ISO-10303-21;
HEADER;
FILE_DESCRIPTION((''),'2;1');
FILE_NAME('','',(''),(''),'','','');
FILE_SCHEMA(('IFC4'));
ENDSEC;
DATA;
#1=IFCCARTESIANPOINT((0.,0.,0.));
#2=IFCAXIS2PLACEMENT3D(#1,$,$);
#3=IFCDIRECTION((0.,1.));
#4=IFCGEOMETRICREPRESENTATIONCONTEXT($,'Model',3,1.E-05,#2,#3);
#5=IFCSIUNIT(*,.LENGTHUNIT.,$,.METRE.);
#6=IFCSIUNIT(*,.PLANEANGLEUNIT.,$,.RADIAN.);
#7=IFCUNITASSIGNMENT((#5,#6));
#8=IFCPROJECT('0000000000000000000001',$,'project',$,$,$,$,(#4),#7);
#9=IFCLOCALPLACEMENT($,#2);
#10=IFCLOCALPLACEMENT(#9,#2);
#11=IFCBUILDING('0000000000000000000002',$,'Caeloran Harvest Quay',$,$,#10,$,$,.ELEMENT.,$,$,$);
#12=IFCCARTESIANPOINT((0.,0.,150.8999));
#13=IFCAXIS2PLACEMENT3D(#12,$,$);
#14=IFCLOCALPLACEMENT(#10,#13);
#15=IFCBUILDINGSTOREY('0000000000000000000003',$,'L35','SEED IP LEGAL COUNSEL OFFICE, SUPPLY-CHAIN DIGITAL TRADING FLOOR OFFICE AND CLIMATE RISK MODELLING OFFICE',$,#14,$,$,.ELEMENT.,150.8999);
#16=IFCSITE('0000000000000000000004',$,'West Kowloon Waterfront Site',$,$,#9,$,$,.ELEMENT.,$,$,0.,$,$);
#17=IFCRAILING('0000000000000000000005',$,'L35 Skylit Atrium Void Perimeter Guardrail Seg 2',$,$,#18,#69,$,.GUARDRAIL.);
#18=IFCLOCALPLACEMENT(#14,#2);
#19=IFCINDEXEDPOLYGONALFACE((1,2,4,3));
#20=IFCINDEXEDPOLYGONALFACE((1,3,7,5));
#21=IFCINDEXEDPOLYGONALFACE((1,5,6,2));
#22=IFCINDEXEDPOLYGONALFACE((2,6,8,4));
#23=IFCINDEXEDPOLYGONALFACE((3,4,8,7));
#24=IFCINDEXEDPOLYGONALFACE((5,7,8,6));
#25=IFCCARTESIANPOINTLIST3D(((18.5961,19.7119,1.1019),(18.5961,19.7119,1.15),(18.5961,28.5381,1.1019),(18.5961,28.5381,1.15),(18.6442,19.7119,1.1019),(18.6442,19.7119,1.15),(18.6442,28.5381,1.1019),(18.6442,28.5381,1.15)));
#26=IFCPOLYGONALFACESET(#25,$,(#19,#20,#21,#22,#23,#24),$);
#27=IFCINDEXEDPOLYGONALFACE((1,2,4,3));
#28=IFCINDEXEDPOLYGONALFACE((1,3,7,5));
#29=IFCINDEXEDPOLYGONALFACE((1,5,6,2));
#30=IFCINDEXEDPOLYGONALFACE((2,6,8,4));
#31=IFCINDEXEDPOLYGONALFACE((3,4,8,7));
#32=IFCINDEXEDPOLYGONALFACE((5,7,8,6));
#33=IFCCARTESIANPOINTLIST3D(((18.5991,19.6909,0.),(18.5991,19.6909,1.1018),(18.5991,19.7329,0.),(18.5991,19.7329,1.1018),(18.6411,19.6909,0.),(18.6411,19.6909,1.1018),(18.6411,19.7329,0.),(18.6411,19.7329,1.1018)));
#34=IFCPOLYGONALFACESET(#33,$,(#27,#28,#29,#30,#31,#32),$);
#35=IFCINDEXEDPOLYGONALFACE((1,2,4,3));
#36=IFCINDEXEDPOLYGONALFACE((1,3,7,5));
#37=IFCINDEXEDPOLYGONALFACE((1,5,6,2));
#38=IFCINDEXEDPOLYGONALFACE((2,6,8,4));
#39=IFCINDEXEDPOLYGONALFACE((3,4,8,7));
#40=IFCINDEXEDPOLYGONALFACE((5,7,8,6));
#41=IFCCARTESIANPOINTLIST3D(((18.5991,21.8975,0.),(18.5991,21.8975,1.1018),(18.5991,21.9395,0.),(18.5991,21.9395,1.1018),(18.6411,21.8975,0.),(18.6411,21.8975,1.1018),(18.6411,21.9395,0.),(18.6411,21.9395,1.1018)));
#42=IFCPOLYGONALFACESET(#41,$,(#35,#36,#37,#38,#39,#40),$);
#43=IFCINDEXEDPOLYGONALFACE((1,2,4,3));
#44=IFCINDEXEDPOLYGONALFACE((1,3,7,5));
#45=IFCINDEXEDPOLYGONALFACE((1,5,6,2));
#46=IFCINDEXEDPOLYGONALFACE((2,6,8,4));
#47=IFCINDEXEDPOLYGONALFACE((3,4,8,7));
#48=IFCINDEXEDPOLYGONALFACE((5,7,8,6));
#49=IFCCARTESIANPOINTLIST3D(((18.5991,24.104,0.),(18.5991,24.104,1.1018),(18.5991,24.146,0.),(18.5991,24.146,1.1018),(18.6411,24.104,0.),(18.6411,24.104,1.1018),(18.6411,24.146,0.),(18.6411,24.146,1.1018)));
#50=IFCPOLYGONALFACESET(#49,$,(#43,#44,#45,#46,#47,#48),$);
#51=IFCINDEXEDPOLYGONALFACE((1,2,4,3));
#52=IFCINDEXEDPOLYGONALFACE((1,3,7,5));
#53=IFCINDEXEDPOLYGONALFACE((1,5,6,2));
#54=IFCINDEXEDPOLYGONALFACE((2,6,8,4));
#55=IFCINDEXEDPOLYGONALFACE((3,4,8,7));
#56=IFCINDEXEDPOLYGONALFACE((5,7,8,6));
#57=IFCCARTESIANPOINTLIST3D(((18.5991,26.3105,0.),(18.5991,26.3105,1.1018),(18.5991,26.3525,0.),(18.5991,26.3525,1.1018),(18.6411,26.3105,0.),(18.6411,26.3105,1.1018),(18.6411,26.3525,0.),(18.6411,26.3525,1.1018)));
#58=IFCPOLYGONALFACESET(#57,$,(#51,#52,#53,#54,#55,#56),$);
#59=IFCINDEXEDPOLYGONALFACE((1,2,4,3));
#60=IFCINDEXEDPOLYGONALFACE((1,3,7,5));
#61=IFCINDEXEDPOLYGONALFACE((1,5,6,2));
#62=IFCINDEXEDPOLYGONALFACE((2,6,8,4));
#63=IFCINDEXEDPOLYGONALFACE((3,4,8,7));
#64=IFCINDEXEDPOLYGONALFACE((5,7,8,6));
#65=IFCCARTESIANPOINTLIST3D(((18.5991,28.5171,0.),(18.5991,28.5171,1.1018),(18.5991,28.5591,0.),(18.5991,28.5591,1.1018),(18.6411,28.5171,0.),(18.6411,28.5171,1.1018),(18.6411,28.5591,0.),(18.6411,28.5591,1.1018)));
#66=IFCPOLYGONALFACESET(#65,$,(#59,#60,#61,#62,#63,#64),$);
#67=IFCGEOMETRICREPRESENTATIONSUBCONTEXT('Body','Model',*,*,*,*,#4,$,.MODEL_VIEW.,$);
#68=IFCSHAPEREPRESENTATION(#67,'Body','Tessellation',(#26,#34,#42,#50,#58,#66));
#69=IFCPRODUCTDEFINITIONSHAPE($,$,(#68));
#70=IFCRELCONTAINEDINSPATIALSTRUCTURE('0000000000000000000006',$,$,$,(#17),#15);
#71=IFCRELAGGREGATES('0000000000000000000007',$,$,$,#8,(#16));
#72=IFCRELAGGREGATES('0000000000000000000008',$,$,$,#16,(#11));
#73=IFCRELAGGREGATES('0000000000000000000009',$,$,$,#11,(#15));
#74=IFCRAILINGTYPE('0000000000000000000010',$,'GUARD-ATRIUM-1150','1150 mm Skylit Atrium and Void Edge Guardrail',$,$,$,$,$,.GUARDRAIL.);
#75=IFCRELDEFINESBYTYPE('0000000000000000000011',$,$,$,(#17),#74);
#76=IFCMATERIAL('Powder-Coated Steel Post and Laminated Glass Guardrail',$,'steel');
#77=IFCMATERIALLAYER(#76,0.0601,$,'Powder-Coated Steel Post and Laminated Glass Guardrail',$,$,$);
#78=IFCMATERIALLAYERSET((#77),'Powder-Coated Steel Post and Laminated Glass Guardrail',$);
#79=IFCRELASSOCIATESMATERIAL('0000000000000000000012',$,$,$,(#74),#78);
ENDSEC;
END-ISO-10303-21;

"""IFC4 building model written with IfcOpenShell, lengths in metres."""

from ifc_helpers import new_model, si_unit, direction, frame, origin, origin_2d, place, context, subcontext, project, spatial, rectangle, extrude, material, layer, layer_set, type_object, element, save


model = new_model("IFC4")

# Units and contexts
model_context = context("Model", 3, precision=1e-05, world=origin(), true_north=direction((0.0, 1.0)))
body_context = subcontext(model_context, "Body", "Model", "MODEL_VIEW")
ifc_project = project(units=[si_unit("LENGTHUNIT", "METRE"), si_unit("PLANEANGLEUNIT", "RADIAN")], contexts=[model_context])

# Site, building, storey
site_placement = place(None, origin())
site = spatial("IfcSite", under=ifc_project, at=site_placement, Name="West Kowloon Waterfront Site", CompositionType="ELEMENT", RefElevation=0.0)
building_placement = place(site_placement, origin())
building = spatial("IfcBuilding", under=site, at=building_placement, Name="Caeloran Harvest Quay", CompositionType="ELEMENT")
storey_placement = place(building_placement, frame((0.0, 0.0, 150.8999)))
storey = spatial("IfcBuildingStorey", under=building, at=storey_placement, Name="L35", Description="SEED IP LEGAL COUNSEL OFFICE, SUPPLY-CHAIN DIGITAL TRADING FLOOR OFFICE AND CLIMATE RISK MODELLING OFFICE", CompositionType="ELEMENT", Elevation=150.8999)

# Railing
ifc_material_1 = material(Name="Powder-Coated Steel Post and Laminated Glass Guardrail", Category="steel")
ifc_layer_1 = layer(ifc_material_1, 0.0601, Name="Powder-Coated Steel Post and Laminated Glass Guardrail")
ifc_layer_set_1 = layer_set([ifc_layer_1], Name="Powder-Coated Steel Post and Laminated Glass Guardrail")
railing_type = type_object("IfcRailingType", Name="GUARD-ATRIUM-1150", Description="1150 mm Skylit Atrium and Void Edge Guardrail", PredefinedType="GUARDRAIL", material=ifc_layer_set_1)
railing_1_placement = place(storey_placement, frame((18.6201, 19.7119, 0.0)))
element("IfcRailing", 1, at=railing_1_placement, inside=storey, type_object=railing_type, Name="L35 Skylit Atrium Void Perimeter Guardrail Seg 2", PredefinedType="GUARDRAIL", context=body_context, shape_type="SweptSolid", body=[
    extrude(rectangle(XDim=0.0481, YDim=0.0481, at=origin_2d()), frame((0.0, 0.0, 1.126), z_axis=(0.0, 1.0, 0.0), x_axis=(-1.0, 0.0, 0.0)), (0.0, 0.0, 1.0), 8.8262),
    extrude(rectangle(XDim=0.042, YDim=0.042, at=origin_2d()), origin(), (0.0, 0.0, 1.0), 1.1018),
    extrude(rectangle(XDim=0.042, YDim=0.042, at=origin_2d()), frame((0.0, 2.2065, 0.0)), (0.0, 0.0, 1.0), 1.1018),
    extrude(rectangle(XDim=0.042, YDim=0.042, at=origin_2d()), frame((0.0, 4.4131, 0.0)), (0.0, 0.0, 1.0), 1.1018),
    extrude(rectangle(XDim=0.042, YDim=0.042, at=origin_2d()), frame((0.0, 6.6196, 0.0)), (0.0, 0.0, 1.0), 1.1018),
    extrude(rectangle(XDim=0.042, YDim=0.042, at=origin_2d()), frame((0.0, 8.8262, 0.0)), (0.0, 0.0, 1.0), 1.1018),
])

save(model, "model.ifc")
